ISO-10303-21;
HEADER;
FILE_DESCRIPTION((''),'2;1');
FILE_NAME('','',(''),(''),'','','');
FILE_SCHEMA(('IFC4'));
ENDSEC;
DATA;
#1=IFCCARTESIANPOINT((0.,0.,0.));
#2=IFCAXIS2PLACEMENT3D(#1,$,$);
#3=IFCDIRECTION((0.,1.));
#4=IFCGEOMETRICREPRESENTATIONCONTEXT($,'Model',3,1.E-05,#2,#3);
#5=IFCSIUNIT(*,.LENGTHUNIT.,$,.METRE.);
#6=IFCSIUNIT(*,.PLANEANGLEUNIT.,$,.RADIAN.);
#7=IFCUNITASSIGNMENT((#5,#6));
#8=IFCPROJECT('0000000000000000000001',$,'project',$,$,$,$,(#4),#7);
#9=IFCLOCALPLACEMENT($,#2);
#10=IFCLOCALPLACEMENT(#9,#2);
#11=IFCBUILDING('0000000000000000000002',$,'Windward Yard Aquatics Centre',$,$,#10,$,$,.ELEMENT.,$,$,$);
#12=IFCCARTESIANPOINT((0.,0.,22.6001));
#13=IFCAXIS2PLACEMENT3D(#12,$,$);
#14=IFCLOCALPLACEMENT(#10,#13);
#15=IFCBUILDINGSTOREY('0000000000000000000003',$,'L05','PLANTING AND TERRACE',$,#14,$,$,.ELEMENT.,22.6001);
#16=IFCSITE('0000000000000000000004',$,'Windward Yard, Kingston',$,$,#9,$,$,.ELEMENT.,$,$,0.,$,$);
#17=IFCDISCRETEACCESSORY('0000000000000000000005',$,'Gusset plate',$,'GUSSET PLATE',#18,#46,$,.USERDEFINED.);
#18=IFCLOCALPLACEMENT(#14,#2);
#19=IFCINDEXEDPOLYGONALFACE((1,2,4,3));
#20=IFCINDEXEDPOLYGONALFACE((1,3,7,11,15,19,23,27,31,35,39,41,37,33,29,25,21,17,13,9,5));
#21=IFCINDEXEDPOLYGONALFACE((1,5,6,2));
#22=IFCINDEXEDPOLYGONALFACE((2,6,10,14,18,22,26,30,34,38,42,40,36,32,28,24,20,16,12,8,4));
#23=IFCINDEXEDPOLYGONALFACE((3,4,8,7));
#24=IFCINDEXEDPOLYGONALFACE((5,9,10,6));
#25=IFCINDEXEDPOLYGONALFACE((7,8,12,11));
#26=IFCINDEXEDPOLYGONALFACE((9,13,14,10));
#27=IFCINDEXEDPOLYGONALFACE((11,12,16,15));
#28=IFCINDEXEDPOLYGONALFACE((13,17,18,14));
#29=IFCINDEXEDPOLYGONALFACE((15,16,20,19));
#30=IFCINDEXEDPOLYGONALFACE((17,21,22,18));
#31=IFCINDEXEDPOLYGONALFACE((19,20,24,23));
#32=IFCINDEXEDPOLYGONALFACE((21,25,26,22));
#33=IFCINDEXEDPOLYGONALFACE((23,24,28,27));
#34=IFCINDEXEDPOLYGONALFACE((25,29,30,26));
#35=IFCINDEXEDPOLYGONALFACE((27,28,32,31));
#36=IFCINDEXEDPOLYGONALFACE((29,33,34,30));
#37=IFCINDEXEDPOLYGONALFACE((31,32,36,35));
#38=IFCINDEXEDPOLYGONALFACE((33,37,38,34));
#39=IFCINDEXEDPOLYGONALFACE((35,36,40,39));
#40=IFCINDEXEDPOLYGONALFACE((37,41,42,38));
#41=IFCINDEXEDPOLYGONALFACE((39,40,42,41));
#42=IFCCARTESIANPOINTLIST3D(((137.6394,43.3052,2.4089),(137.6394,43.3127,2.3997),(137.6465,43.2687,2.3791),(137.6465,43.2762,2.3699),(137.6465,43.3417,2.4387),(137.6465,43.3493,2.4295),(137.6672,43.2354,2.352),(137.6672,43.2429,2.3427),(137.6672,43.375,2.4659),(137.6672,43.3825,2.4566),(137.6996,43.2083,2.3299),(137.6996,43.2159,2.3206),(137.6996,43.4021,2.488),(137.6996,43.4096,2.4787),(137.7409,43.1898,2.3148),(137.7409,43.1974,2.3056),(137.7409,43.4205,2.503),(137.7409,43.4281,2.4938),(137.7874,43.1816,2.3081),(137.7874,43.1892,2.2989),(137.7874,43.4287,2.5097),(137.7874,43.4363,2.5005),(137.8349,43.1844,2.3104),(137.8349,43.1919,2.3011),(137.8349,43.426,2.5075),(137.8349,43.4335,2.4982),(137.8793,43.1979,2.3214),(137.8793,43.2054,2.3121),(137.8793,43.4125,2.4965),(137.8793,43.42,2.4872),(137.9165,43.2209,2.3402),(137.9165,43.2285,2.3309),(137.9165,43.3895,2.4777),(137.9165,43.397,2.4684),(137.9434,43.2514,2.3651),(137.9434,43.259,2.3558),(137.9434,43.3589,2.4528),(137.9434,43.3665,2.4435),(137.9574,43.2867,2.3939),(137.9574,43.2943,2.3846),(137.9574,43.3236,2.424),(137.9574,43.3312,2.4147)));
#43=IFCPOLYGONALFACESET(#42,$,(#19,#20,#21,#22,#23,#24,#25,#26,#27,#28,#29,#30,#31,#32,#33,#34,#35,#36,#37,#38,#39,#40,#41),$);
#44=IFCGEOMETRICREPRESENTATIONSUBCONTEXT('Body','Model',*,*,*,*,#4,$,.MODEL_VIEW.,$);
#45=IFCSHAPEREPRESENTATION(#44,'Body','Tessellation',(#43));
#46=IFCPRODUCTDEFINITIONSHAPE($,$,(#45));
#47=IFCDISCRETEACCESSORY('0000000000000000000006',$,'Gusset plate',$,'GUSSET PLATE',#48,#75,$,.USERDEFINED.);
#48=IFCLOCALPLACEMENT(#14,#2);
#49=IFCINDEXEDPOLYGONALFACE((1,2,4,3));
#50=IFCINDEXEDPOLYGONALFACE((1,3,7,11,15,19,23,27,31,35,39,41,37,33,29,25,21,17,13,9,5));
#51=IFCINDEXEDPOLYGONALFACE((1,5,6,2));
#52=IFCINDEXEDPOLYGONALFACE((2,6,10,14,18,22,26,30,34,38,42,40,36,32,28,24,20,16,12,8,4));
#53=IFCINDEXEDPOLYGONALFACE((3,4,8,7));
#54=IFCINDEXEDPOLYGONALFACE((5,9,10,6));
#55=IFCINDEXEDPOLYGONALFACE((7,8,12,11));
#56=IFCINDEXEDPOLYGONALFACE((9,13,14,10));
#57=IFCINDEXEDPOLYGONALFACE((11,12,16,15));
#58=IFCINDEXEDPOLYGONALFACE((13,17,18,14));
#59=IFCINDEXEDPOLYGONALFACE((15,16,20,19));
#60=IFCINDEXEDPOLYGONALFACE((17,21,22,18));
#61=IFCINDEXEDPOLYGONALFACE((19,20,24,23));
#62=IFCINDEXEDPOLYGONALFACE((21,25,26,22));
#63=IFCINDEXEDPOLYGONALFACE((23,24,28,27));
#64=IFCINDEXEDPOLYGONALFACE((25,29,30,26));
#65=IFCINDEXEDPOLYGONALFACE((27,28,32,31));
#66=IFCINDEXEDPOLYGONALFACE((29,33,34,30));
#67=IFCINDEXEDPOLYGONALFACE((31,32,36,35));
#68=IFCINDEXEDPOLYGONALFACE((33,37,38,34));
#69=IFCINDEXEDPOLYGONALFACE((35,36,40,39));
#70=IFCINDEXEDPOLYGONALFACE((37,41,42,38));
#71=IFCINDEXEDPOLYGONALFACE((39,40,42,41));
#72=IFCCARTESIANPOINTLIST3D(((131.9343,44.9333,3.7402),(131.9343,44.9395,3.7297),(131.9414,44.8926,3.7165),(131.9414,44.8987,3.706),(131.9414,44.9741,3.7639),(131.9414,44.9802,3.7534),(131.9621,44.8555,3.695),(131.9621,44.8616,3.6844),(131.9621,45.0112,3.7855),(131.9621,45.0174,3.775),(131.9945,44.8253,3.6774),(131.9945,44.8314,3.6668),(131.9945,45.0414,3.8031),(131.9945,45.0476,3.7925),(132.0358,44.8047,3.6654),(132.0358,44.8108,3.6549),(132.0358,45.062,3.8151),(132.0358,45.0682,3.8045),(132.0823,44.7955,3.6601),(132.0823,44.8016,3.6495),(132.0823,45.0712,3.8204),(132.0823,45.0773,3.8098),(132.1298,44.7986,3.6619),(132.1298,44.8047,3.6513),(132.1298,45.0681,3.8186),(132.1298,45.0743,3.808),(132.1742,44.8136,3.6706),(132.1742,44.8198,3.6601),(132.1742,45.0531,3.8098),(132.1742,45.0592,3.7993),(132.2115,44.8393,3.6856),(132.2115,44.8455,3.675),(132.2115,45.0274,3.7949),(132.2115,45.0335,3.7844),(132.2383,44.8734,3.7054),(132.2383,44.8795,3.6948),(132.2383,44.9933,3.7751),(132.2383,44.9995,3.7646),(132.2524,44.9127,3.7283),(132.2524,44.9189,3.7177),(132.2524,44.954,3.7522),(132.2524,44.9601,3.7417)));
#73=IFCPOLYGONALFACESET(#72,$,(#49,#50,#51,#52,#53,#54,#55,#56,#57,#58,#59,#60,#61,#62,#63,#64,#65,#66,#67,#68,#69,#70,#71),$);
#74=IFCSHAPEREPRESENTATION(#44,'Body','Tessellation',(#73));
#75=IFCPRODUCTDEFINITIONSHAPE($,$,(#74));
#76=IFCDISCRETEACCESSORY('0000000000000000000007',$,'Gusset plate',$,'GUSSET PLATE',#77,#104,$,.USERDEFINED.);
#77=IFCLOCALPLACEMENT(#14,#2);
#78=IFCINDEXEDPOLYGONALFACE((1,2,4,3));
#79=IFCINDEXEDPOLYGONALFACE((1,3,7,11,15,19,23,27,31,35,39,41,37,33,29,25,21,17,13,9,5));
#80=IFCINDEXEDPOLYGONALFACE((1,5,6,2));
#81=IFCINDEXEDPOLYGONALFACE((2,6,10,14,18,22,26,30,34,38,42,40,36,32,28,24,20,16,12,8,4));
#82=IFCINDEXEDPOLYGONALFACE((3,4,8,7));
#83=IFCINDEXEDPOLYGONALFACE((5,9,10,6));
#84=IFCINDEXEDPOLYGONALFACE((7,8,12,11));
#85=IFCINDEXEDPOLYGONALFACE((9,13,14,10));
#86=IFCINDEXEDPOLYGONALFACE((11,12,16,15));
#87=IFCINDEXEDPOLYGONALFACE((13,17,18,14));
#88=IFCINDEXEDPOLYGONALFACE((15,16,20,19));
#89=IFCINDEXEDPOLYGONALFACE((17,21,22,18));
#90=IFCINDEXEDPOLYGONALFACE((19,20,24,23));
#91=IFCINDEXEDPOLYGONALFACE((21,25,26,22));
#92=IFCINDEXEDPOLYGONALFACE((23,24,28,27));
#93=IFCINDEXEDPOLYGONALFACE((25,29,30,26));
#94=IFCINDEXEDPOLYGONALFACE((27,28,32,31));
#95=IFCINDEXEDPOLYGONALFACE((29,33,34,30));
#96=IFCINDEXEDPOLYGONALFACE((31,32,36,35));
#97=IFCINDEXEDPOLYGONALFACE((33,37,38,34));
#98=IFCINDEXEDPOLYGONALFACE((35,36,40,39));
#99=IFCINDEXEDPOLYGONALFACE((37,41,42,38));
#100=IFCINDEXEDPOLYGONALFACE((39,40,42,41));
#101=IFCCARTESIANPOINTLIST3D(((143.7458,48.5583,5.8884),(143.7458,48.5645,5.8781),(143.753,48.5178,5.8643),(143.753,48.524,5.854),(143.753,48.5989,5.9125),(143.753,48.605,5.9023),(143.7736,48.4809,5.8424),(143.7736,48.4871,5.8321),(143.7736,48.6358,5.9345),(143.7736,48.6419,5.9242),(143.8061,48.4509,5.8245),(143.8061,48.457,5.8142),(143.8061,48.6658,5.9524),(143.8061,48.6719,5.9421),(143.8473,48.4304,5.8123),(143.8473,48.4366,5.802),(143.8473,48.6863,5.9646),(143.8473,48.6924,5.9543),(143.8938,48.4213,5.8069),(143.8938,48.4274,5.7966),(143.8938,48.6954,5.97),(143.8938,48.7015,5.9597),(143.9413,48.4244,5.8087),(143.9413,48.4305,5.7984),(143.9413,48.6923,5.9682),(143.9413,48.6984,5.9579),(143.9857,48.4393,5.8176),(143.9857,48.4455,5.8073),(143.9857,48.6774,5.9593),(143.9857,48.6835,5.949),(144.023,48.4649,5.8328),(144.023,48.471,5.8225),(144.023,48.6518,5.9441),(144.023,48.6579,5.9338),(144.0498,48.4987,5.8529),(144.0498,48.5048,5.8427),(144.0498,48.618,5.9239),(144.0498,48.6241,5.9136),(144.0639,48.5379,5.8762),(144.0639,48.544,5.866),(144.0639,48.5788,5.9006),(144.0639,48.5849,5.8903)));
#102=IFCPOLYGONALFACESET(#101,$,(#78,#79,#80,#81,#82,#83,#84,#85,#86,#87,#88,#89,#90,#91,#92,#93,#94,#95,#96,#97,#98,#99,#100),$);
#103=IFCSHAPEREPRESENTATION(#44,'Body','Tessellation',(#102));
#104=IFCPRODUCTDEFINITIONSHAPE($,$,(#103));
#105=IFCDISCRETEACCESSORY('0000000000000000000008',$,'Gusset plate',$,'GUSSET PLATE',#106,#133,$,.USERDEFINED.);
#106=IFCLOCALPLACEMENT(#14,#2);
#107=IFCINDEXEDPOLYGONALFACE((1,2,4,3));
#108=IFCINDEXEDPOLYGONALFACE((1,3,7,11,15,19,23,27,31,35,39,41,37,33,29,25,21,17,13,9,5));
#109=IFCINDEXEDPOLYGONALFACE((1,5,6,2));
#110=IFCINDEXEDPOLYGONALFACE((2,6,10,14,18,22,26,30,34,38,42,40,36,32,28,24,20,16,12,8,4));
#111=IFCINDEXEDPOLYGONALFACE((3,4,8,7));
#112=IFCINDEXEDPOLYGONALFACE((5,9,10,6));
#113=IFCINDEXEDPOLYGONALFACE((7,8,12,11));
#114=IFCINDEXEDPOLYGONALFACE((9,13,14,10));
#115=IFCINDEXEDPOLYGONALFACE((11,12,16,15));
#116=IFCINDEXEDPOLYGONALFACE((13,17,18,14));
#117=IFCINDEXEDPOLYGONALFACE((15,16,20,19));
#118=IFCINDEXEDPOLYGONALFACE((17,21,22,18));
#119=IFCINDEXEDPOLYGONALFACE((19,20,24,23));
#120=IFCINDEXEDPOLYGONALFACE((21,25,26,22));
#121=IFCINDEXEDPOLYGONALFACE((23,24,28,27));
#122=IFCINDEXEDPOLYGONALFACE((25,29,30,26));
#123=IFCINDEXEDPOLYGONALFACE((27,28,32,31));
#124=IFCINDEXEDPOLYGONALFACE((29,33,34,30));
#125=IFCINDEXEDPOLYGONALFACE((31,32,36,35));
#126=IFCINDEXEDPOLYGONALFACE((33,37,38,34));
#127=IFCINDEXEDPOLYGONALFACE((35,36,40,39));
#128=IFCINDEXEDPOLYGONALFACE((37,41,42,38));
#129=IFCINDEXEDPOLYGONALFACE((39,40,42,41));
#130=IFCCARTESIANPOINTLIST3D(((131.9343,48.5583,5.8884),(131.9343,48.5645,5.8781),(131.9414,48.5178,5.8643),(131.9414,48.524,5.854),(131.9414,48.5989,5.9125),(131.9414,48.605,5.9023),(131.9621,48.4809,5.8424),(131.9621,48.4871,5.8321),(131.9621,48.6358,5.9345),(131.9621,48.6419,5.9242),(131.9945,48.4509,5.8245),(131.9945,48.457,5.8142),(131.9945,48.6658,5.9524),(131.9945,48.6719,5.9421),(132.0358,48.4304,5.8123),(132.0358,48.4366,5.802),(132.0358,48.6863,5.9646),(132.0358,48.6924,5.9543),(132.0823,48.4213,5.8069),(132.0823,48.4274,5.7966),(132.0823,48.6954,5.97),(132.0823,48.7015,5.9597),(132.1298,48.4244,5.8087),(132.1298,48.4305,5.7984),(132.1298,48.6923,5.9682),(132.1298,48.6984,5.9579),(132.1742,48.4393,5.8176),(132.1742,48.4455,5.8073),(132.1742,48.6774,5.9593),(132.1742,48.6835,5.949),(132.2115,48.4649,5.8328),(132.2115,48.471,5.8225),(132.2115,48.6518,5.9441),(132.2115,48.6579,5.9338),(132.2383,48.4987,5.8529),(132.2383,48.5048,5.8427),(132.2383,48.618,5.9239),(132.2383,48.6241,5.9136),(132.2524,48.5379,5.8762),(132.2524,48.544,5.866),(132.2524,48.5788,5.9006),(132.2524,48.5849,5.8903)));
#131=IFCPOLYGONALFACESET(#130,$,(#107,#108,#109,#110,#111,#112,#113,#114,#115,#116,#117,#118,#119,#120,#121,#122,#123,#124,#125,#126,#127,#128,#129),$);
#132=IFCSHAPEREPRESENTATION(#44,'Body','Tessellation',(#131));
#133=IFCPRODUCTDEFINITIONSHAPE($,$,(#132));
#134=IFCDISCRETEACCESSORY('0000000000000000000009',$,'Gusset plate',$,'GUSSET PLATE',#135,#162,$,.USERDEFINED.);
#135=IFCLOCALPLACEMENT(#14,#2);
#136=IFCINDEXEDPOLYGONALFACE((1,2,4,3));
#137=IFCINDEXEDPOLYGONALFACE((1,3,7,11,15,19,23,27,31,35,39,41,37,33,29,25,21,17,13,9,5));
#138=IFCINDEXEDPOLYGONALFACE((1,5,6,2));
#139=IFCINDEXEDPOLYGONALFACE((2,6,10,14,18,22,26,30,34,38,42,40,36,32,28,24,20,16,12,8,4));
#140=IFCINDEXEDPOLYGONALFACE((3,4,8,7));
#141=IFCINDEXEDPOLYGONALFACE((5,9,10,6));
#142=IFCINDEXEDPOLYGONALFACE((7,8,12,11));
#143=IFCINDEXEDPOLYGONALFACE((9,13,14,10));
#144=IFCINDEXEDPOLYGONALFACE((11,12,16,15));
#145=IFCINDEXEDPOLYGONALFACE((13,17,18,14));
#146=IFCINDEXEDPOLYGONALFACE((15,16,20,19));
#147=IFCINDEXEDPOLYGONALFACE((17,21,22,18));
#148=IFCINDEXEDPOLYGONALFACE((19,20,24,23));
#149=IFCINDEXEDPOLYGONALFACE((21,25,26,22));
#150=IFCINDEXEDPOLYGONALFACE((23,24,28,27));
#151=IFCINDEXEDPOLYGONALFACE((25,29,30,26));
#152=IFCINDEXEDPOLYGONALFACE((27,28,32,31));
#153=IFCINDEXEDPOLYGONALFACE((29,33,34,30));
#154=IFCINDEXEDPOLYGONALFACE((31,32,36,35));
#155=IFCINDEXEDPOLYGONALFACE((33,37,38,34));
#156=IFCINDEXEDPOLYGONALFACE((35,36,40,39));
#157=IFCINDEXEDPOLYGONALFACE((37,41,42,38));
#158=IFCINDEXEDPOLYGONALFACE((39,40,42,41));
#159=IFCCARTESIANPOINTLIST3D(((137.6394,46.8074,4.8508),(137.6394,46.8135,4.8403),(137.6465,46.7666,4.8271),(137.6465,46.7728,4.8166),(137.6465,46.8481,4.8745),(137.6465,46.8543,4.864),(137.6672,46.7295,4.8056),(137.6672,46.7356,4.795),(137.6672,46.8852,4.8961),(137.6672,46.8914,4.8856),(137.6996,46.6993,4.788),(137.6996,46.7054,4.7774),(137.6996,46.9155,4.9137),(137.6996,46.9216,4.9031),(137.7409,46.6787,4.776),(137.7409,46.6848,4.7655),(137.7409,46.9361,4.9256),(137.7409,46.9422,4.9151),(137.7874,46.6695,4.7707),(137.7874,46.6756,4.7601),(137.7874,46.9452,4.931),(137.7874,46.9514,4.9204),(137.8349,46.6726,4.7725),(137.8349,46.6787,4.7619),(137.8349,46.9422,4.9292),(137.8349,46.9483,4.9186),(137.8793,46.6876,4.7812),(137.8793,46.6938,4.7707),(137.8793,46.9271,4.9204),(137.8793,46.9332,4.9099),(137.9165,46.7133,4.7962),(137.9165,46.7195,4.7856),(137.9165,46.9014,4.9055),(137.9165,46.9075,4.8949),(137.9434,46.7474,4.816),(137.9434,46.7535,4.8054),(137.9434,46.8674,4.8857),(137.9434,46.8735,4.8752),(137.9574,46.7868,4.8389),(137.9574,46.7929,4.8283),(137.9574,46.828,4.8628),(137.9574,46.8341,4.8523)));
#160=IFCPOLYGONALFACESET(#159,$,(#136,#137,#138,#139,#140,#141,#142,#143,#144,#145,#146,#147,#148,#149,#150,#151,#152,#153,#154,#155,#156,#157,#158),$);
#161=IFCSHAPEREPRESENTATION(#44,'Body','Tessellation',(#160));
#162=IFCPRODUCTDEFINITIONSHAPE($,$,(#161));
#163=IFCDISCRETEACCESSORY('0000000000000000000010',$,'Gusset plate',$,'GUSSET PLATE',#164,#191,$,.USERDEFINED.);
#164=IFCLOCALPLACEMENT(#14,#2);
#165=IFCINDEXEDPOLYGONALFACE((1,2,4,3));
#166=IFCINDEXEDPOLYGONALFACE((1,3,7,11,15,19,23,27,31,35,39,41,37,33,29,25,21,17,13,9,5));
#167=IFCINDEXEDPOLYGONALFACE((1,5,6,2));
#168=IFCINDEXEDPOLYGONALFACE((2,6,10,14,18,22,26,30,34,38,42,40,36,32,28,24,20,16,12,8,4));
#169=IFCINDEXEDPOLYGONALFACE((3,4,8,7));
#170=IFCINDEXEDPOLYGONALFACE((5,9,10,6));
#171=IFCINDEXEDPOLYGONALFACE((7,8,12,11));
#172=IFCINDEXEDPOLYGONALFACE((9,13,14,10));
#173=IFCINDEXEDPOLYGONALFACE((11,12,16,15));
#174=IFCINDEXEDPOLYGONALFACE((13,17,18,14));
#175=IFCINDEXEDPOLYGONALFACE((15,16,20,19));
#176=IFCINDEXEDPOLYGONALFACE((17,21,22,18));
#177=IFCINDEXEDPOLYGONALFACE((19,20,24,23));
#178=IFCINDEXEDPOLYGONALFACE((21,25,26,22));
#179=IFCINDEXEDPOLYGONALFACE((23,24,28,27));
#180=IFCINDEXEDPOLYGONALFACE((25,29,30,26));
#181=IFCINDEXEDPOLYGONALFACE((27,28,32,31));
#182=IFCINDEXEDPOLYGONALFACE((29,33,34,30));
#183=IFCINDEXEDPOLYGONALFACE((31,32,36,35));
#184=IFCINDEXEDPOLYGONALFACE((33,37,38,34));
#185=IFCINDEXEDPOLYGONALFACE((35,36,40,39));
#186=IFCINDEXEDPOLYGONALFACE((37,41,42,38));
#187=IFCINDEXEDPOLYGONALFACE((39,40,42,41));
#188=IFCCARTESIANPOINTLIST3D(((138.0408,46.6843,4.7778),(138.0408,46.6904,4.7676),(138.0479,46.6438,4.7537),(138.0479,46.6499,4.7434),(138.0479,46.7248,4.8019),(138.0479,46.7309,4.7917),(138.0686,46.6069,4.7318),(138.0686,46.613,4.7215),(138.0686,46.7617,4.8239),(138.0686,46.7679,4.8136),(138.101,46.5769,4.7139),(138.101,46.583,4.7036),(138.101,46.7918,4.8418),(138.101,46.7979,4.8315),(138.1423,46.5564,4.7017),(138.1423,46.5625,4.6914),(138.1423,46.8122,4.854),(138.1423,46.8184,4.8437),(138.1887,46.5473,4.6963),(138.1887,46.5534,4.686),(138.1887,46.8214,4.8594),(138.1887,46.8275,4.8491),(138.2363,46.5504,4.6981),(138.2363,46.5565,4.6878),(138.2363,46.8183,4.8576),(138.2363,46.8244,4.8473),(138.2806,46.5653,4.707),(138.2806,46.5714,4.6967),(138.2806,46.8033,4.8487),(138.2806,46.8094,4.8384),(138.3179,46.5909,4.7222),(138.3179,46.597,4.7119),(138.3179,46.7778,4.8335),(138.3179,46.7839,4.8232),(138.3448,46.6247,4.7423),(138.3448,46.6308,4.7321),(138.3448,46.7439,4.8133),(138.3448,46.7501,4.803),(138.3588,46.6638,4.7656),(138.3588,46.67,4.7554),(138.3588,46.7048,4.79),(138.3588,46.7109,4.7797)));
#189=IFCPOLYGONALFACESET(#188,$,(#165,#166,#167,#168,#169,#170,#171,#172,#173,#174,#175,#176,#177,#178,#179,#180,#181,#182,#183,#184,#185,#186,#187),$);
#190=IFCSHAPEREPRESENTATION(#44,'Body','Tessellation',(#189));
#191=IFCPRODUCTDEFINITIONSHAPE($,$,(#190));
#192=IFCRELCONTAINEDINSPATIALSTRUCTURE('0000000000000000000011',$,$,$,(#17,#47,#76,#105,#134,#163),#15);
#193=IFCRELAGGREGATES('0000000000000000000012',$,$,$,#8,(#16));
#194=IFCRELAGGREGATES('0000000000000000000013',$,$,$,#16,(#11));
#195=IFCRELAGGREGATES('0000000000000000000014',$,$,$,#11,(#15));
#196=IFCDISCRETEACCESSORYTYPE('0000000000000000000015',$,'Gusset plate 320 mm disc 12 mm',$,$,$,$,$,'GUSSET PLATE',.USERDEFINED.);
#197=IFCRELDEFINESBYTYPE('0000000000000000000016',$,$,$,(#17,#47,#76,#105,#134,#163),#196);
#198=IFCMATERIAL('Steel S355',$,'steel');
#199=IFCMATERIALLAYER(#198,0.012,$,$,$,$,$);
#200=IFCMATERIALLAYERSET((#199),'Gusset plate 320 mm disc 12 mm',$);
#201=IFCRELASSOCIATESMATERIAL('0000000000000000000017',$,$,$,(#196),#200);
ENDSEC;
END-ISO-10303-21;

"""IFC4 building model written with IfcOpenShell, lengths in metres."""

from ifc_helpers import new_model, si_unit, direction, frame, origin, origin_2d, place, context, subcontext, project, spatial, circle, extrude, material, layer, layer_set, type_object, element, save


model = new_model("IFC4")

# Units and contexts
model_context = context("Model", 3, precision=1e-05, world=origin(), true_north=direction((0.0, 1.0)))
body_context = subcontext(model_context, "Body", "Model", "MODEL_VIEW")
ifc_project = project(units=[si_unit("LENGTHUNIT", "METRE"), si_unit("PLANEANGLEUNIT", "RADIAN")], contexts=[model_context])

# Site, building, storey
site_placement = place(None, origin())
site = spatial("IfcSite", under=ifc_project, at=site_placement, Name="Windward Yard, Kingston", CompositionType="ELEMENT", RefElevation=0.0)
building_placement = place(site_placement, origin())
building = spatial("IfcBuilding", under=site, at=building_placement, Name="Windward Yard Aquatics Centre", CompositionType="ELEMENT")
storey_placement = place(building_placement, frame((0.0, 0.0, 22.6001)))
storey = spatial("IfcBuildingStorey", under=building, at=storey_placement, Name="L05", Description="PLANTING AND TERRACE", CompositionType="ELEMENT", Elevation=22.6001)

# Discrete accessories
ifc_material_1 = material(Name="Steel S355", Category="steel")
ifc_layer = layer(ifc_material_1, 0.012)
ifc_layer_set = layer_set([ifc_layer], Name="Gusset plate 320 mm disc 12 mm")
discrete_accessory_type = type_object("IfcDiscreteAccessoryType", Name="Gusset plate 320 mm disc 12 mm", ElementType="GUSSET PLATE", PredefinedType="USERDEFINED", material=ifc_layer_set)
discrete_accessory_1_placement = place(storey_placement, frame((137.7993, 43.3052, 2.4089), z_axis=(0.0, 0.632127, -0.774865), x_axis=(-1.0, 0.0, 0.0)))
element("IfcDiscreteAccessory", 1, at=discrete_accessory_1_placement, inside=storey, type_object=discrete_accessory_type, Name="Gusset plate", ObjectType="GUSSET PLATE", PredefinedType="USERDEFINED", context=body_context, shape_type="SweptSolid", body=[
    extrude(circle(Radius=0.1599, at=origin_2d()), origin(), (0.0, 0.0, 1.0), 0.012),
])
discrete_accessory_2_placement = place(storey_placement, frame((132.0942, 44.9333, 3.7402), z_axis=(0.0, 0.50262, -0.864507), x_axis=(-1.0, 0.0, 0.0)))
element("IfcDiscreteAccessory", 2, at=discrete_accessory_2_placement, inside=storey, type_object=discrete_accessory_type, Name="Gusset plate", ObjectType="GUSSET PLATE", PredefinedType="USERDEFINED", context=body_context, shape_type="SweptSolid", body=[
    extrude(circle(Radius=0.1599, at=origin_2d()), origin(), (0.0, 0.0, 1.0), 0.0122),
])
for number, where, z_axis, x_axis, name in (
    (3, (143.9058, 48.5583, 5.8884), (0.0, 0.511484, -0.859293), (-1.0, 0.0, 0.0), "Gusset plate"),
    (4, (132.0942, 48.5583, 5.8884), (0.0, 0.511484, -0.859293), (-1.0, 0.0, 0.0), "Gusset plate"),
):
    element("IfcDiscreteAccessory", number, at=place(storey_placement, frame(where, z_axis=z_axis, x_axis=x_axis)), inside=storey, type_object=discrete_accessory_type, Name=name, ObjectType="GUSSET PLATE", PredefinedType="USERDEFINED", context=body_context, shape_type="SweptSolid", body=[
        extrude(circle(Radius=0.1599, at=origin_2d()), origin(), (0.0, 0.0, 1.0), 0.012),
    ])
discrete_accessory_3_placement = place(storey_placement, frame((137.7993, 46.8074, 4.8508), z_axis=(0.0, 0.50262, -0.864507), x_axis=(-1.0, 0.0, 0.0)))
element("IfcDiscreteAccessory", 5, at=discrete_accessory_3_placement, inside=storey, type_object=discrete_accessory_type, Name="Gusset plate", ObjectType="GUSSET PLATE", PredefinedType="USERDEFINED", context=body_context, shape_type="SweptSolid", body=[
    extrude(circle(Radius=0.1599, at=origin_2d()), origin(), (0.0, 0.0, 1.0), 0.0122),
])
discrete_accessory_4_placement = place(storey_placement, frame((138.2007, 46.6843, 4.7778), z_axis=(0.0, 0.511484, -0.859293), x_axis=(-1.0, 0.0, 0.0)))
element("IfcDiscreteAccessory", 6, at=discrete_accessory_4_placement, inside=storey, type_object=discrete_accessory_type, Name="Gusset plate", ObjectType="GUSSET PLATE", PredefinedType="USERDEFINED", context=body_context, shape_type="SweptSolid", body=[
    extrude(circle(Radius=0.1599, at=origin_2d()), origin(), (0.0, 0.0, 1.0), 0.012),
])

save(model, "model.ifc")
